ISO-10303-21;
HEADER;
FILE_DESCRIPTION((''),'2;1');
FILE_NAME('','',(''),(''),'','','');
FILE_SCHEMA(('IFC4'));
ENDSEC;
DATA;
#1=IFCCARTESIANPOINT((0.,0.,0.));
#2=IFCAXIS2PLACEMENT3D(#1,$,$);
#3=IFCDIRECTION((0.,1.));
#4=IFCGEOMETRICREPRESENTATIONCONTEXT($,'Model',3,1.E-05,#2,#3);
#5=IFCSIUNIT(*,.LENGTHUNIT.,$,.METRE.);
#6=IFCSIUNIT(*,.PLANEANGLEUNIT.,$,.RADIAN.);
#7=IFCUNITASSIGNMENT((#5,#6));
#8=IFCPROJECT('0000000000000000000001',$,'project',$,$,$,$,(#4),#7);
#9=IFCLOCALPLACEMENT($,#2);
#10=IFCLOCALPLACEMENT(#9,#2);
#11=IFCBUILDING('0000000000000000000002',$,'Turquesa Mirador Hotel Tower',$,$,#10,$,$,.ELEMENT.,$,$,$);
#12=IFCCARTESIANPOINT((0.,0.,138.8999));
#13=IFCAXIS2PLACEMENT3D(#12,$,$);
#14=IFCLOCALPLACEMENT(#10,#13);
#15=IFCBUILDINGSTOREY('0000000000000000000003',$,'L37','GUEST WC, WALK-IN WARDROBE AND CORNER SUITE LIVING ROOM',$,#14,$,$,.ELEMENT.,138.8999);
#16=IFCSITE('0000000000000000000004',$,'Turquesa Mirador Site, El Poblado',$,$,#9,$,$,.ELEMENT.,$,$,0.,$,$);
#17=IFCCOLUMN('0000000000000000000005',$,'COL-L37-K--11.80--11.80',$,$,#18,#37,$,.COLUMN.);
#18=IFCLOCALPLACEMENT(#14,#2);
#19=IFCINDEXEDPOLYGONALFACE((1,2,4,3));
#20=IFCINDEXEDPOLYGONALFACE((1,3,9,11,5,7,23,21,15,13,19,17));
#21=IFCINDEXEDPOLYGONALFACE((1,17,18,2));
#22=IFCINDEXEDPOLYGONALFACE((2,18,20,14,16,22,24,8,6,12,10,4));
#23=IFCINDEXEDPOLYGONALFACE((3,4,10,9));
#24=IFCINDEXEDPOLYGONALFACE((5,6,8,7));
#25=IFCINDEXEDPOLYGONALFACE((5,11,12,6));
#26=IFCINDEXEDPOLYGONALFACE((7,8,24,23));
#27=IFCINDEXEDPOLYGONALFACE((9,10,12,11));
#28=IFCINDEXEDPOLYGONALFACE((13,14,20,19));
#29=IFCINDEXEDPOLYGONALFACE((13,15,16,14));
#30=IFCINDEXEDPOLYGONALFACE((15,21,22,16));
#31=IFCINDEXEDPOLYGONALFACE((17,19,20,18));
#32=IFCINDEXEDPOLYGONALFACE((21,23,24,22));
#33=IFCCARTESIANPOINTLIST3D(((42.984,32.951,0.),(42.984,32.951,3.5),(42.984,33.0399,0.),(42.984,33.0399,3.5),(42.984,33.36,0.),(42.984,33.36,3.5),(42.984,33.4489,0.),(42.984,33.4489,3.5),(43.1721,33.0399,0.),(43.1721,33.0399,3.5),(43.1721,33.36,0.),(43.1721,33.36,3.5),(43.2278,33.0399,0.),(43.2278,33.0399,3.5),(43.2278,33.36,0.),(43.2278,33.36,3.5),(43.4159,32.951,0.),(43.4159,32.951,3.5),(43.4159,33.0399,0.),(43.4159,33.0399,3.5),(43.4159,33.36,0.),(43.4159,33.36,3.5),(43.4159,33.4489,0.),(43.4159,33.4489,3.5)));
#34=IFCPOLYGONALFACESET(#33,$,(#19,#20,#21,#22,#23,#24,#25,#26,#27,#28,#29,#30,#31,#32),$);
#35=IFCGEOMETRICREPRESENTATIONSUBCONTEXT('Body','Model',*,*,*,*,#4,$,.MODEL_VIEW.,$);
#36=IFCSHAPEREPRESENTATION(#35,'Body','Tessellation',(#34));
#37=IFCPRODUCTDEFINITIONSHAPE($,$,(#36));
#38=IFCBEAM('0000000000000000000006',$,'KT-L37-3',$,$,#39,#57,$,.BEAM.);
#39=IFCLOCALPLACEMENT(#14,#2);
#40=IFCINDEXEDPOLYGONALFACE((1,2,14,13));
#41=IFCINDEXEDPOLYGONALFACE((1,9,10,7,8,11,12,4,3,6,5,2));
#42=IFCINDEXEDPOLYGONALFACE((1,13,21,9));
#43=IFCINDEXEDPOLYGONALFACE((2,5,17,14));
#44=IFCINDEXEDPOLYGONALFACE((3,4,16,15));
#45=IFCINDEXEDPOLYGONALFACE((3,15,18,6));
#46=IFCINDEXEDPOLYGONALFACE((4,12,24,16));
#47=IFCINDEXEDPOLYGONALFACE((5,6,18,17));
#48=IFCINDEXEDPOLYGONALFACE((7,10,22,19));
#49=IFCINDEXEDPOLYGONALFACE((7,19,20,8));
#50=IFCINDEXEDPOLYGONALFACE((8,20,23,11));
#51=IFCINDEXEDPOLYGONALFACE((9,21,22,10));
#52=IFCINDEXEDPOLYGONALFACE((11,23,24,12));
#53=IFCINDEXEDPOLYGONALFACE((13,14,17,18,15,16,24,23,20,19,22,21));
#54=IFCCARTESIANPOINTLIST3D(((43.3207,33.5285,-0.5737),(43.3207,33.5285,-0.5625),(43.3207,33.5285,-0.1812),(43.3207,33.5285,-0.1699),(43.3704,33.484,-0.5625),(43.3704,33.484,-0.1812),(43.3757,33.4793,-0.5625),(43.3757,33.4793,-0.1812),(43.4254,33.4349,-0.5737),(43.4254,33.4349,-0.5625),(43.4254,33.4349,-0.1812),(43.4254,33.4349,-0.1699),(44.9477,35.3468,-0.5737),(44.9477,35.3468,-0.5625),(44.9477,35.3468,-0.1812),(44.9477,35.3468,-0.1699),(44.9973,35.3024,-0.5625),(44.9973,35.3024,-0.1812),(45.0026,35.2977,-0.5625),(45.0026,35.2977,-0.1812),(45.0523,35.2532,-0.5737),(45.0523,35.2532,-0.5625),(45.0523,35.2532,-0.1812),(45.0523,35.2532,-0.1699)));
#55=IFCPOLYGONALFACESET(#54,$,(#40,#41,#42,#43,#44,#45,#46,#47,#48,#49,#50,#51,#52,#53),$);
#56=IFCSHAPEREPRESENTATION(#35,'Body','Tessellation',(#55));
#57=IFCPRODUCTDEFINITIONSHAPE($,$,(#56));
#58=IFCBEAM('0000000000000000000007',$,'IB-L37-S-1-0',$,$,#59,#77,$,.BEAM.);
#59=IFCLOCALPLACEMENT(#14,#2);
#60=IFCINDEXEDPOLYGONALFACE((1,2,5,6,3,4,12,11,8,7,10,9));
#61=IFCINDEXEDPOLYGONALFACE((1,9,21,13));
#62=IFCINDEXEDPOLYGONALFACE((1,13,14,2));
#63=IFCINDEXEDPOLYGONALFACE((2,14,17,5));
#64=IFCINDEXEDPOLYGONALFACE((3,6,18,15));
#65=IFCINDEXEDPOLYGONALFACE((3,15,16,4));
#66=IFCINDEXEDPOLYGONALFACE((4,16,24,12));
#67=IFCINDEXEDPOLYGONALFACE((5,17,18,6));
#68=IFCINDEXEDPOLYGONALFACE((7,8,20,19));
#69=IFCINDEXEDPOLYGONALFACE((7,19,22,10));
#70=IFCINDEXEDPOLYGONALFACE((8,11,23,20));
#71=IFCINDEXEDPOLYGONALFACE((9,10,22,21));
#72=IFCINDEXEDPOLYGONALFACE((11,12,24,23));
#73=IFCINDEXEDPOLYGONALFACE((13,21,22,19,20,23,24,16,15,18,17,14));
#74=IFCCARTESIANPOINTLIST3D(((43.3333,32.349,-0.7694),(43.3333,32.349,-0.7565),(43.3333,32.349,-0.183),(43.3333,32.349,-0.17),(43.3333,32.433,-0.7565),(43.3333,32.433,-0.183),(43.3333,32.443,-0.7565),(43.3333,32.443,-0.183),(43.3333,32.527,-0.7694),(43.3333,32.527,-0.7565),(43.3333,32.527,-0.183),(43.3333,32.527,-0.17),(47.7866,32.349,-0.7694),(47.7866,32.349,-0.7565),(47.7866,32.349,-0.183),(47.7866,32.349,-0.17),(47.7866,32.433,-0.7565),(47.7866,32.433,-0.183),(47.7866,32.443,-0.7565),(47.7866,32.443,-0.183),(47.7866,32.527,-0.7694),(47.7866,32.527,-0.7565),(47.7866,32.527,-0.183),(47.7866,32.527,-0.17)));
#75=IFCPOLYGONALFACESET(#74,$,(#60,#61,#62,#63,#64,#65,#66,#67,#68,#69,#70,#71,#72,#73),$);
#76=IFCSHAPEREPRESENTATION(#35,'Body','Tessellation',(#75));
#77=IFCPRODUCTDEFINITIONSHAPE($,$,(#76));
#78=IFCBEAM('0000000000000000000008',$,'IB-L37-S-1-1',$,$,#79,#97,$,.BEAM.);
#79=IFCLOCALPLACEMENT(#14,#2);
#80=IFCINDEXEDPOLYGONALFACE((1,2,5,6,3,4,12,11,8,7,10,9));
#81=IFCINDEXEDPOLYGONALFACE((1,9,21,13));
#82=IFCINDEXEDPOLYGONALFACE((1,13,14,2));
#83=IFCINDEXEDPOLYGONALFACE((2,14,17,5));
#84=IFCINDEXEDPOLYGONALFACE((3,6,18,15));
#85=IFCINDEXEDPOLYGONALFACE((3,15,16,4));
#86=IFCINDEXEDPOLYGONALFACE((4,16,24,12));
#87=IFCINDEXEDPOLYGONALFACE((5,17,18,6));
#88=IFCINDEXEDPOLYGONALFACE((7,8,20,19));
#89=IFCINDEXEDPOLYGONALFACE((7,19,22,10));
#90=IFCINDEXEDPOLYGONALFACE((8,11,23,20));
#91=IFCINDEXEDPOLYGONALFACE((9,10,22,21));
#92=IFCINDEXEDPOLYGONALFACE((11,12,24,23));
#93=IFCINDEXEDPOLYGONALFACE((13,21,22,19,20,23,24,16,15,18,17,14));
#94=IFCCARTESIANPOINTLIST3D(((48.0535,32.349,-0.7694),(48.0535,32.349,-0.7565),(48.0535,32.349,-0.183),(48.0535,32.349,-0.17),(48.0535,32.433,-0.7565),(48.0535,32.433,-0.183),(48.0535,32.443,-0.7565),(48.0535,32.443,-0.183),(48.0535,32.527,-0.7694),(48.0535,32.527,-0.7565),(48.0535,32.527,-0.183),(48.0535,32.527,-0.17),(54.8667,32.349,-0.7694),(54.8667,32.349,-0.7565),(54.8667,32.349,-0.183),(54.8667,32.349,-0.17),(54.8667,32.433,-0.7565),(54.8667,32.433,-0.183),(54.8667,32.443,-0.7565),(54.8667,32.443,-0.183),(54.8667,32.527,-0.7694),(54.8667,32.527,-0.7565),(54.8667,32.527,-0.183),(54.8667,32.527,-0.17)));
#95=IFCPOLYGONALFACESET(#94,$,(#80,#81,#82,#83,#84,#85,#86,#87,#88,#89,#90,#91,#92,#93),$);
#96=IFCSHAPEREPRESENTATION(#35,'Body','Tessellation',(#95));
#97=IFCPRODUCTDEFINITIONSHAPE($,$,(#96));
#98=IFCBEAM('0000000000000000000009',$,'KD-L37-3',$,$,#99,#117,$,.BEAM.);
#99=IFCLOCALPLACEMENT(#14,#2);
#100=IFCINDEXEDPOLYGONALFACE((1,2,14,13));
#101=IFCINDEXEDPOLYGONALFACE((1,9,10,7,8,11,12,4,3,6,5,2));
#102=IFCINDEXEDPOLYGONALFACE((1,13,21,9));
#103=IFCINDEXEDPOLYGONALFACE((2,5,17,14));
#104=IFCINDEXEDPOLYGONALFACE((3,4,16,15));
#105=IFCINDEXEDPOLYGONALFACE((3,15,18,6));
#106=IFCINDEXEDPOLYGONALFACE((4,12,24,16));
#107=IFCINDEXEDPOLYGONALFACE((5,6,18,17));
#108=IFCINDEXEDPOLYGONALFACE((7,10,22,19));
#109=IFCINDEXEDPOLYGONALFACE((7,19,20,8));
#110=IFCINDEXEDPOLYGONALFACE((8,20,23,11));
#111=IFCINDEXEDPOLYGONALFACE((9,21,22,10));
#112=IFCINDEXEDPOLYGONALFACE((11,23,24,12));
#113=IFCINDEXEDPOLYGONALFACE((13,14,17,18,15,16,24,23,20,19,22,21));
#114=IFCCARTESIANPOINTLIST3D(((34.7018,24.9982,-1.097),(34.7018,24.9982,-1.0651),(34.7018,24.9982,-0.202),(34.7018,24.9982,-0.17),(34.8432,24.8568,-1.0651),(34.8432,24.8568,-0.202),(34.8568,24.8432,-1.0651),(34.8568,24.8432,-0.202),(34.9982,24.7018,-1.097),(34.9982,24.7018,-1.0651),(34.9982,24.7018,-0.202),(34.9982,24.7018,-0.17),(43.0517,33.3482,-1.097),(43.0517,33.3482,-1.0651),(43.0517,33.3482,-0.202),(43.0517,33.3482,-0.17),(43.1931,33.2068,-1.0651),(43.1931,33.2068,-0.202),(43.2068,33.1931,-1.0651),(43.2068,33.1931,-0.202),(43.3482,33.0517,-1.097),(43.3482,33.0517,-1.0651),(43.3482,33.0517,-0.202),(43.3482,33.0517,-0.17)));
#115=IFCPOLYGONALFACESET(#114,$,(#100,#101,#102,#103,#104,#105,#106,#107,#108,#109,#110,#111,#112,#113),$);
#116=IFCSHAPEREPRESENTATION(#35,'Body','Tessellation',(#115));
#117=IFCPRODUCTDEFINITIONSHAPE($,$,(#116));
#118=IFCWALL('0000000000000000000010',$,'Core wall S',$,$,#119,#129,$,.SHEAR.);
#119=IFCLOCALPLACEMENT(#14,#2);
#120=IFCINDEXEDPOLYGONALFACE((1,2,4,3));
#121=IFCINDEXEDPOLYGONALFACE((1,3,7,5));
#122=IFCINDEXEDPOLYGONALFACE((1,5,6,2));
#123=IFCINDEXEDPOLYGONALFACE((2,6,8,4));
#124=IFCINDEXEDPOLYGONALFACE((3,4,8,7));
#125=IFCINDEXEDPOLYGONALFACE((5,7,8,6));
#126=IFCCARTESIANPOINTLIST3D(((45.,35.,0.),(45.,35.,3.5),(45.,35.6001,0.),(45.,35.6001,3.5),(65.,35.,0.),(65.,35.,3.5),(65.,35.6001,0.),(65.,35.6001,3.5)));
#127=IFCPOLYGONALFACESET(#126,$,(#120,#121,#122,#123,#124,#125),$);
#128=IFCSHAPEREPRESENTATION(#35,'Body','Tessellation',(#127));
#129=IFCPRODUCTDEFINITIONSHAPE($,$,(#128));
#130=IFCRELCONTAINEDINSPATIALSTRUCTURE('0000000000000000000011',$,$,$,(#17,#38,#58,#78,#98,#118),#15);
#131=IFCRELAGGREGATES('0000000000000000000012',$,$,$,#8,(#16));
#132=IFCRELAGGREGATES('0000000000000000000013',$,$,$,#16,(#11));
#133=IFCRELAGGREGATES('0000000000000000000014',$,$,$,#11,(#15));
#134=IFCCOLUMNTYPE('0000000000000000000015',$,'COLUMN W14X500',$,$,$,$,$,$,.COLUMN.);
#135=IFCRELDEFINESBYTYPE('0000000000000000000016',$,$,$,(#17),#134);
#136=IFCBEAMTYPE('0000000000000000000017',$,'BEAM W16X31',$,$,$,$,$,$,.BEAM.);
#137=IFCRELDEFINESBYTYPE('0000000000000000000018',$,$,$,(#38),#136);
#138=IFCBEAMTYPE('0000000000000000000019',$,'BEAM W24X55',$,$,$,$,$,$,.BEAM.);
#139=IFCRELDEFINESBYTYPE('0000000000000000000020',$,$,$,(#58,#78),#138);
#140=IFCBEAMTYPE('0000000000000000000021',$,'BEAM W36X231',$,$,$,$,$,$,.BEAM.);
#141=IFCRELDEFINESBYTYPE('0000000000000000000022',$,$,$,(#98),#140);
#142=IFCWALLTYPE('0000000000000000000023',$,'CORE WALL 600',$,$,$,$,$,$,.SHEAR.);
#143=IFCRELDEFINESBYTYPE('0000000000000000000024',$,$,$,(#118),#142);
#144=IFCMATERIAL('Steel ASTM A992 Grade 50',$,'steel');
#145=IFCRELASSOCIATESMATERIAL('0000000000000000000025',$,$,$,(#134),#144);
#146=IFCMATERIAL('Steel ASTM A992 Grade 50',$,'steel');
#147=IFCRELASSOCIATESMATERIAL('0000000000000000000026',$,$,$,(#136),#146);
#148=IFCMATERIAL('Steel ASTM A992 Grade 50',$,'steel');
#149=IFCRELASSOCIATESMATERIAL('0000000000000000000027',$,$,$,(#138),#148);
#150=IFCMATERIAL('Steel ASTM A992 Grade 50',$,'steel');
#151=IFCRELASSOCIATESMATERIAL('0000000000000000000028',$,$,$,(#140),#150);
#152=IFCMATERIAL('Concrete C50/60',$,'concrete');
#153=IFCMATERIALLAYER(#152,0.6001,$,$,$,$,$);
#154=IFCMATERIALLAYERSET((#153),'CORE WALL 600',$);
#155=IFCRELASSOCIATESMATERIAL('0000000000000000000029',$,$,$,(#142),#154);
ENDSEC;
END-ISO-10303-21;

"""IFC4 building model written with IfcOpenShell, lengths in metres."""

from ifc_helpers import new_model, si_unit, direction, frame, frame_2d, origin, origin_2d, place, context, subcontext, project, spatial, rectangle, i_section, extrude, material, layer, layer_set, material_profile, profile_set, type_object, element, save


model = new_model("IFC4")

# Units and contexts
model_context = context("Model", 3, precision=1e-05, world=origin(), true_north=direction((0.0, 1.0)))
body_context = subcontext(model_context, "Body", "Model", "MODEL_VIEW")
ifc_project = project(units=[si_unit("LENGTHUNIT", "METRE"), si_unit("PLANEANGLEUNIT", "RADIAN")], contexts=[model_context])

# Site, building, storey
site_placement = place(None, origin())
site = spatial("IfcSite", under=ifc_project, at=site_placement, Name="Turquesa Mirador Site, El Poblado", CompositionType="ELEMENT", RefElevation=0.0)
building_placement = place(site_placement, origin())
building = spatial("IfcBuilding", under=site, at=building_placement, Name="Turquesa Mirador Hotel Tower", CompositionType="ELEMENT")
storey_placement = place(building_placement, frame((0.0, 0.0, 138.8999)))
storey = spatial("IfcBuildingStorey", under=building, at=storey_placement, Name="L37", Description="GUEST WC, WALK-IN WARDROBE AND CORNER SUITE LIVING ROOM", CompositionType="ELEMENT", Elevation=138.8999)

# Column
ifc_material_1 = material(Name="Steel ASTM A992 Grade 50", Category="steel")
ifc_material_profile_1 = material_profile(ifc_material_1, i_section(OverallWidth=0.4319, OverallDepth=0.4978, WebThickness=0.0557, FlangeThickness=0.0889, at=origin_2d()), Name="W14X500")
ifc_profile_set_1 = profile_set([ifc_material_profile_1], Name="Steel ASTM A992 Grade 50")
column_type = type_object("IfcColumnType", Name="COLUMN W14X500", PredefinedType="COLUMN", material=ifc_profile_set_1)
column_placement = place(storey_placement, frame((43.2, 33.2, 0.0), z_axis=(0.0, 0.0, 1.0), x_axis=(1.0, 0.0, 0.0)))
element("IfcColumn", 1, at=column_placement, inside=storey, type_object=column_type, Name="COL-L37-K--11.80--11.80", PredefinedType="COLUMN", context=body_context, shape_type="SweptSolid", body=[
    extrude(i_section(OverallWidth=0.4319, OverallDepth=0.4978, WebThickness=0.0557, FlangeThickness=0.0889, at=origin_2d()), origin(), (0.0, 0.0, 1.0), 3.5),
])

# Beams
ifc_material_2 = material(Name="Steel ASTM A992 Grade 50", Category="steel")
ifc_material_profile_2 = material_profile(ifc_material_2, i_section(OverallWidth=0.1404, OverallDepth=0.4038, WebThickness=0.0071, FlangeThickness=0.0112, at=origin_2d()), Name="W16X31")
ifc_profile_set_2 = profile_set([ifc_material_profile_2], Name="Steel ASTM A992 Grade 50")
beam_type_1 = type_object("IfcBeamType", Name="BEAM W16X31", PredefinedType="BEAM", material=ifc_profile_set_2)
beam_1_placement = place(storey_placement, frame((43.373, 33.4817, -0.3718), z_axis=(0.666795, 0.745241, 0.0), x_axis=(-0.745241, 0.666795, 0.0)))
element("IfcBeam", 2, at=beam_1_placement, inside=storey, type_object=beam_type_1, Name="KT-L37-3", PredefinedType="BEAM", context=body_context, shape_type="SweptSolid", body=[
    extrude(i_section(OverallWidth=0.1404, OverallDepth=0.4038, WebThickness=0.0071, FlangeThickness=0.0112, at=origin_2d()), origin(), (0.0, 0.0, 1.0), 2.4399),
])
ifc_material_3 = material(Name="Steel ASTM A992 Grade 50", Category="steel")
ifc_material_profile_3 = material_profile(ifc_material_3, i_section(OverallWidth=0.178, OverallDepth=0.5994, WebThickness=0.01, FlangeThickness=0.0129, at=origin_2d()), Name="W24X55")
ifc_profile_set_3 = profile_set([ifc_material_profile_3], Name="Steel ASTM A992 Grade 50")
beam_type_2 = type_object("IfcBeamType", Name="BEAM W24X55", PredefinedType="BEAM", material=ifc_profile_set_3)
beam_2_placement = place(storey_placement, frame((43.3333, 32.438, -0.4697), z_axis=(1.0, 0.0, 0.0), x_axis=(0.0, 1.0, 0.0)))
element("IfcBeam", 3, at=beam_2_placement, inside=storey, type_object=beam_type_2, Name="IB-L37-S-1-0", PredefinedType="BEAM", context=body_context, shape_type="SweptSolid", body=[
    extrude(i_section(OverallWidth=0.178, OverallDepth=0.5994, WebThickness=0.01, FlangeThickness=0.0129, at=origin_2d()), origin(), (0.0, 0.0, 1.0), 4.4534),
])
beam_3_placement = place(storey_placement, frame((48.0535, 32.438, -0.4697), z_axis=(1.0, 0.0, 0.0), x_axis=(0.0, 1.0, 0.0)))
element("IfcBeam", 4, at=beam_3_placement, inside=storey, type_object=beam_type_2, Name="IB-L37-S-1-1", PredefinedType="BEAM", context=body_context, shape_type="SweptSolid", body=[
    extrude(i_section(OverallWidth=0.178, OverallDepth=0.5994, WebThickness=0.01, FlangeThickness=0.0129, at=origin_2d()), origin(), (0.0, 0.0, 1.0), 6.8132),
])
ifc_material_4 = material(Name="Steel ASTM A992 Grade 50", Category="steel")
ifc_material_profile_4 = material_profile(ifc_material_4, i_section(OverallWidth=0.4192, OverallDepth=0.927, WebThickness=0.0193, FlangeThickness=0.032, at=origin_2d()), Name="W36X231")
ifc_profile_set_4 = profile_set([ifc_material_profile_4], Name="Steel ASTM A992 Grade 50")
beam_type_3 = type_object("IfcBeamType", Name="BEAM W36X231", PredefinedType="BEAM", material=ifc_profile_set_4)
beam_4_placement = place(storey_placement, frame((43.2, 33.2, -0.6335), z_axis=(-0.707107, -0.707107, 0.0), x_axis=(0.707107, -0.707107, 0.0)))
element("IfcBeam", 5, at=beam_4_placement, inside=storey, type_object=beam_type_3, Name="KD-L37-3", PredefinedType="BEAM", context=body_context, shape_type="SweptSolid", body=[
    extrude(i_section(OverallWidth=0.4192, OverallDepth=0.927, WebThickness=0.0193, FlangeThickness=0.032, at=origin_2d()), origin(), (0.0, 0.0, 1.0), 11.8086),
])

# Wall
ifc_material_5 = material(Name="Concrete C50/60", Category="concrete")
ifc_layer_1 = layer(ifc_material_5, 0.6001)
ifc_layer_set_1 = layer_set([ifc_layer_1], Name="CORE WALL 600")
wall_type_1 = type_object("IfcWallType", Name="CORE WALL 600", PredefinedType="SHEAR", material=ifc_layer_set_1)
wall_1_placement = place(storey_placement, frame((45.0, 35.3, 0.0), z_axis=(0.0, 0.0, 1.0), x_axis=(1.0, 0.0, 0.0)))
element("IfcWall", 6, at=wall_1_placement, inside=storey, type_object=wall_type_1, Name="Core wall S", PredefinedType="SHEAR", context=body_context, shape_type="SweptSolid", body=[
    extrude(rectangle(XDim=20.0, YDim=0.6001, at=frame_2d((10.0, 0.0))), origin(), (0.0, 0.0, 1.0), 3.5),
])

save(model, "model.ifc")
